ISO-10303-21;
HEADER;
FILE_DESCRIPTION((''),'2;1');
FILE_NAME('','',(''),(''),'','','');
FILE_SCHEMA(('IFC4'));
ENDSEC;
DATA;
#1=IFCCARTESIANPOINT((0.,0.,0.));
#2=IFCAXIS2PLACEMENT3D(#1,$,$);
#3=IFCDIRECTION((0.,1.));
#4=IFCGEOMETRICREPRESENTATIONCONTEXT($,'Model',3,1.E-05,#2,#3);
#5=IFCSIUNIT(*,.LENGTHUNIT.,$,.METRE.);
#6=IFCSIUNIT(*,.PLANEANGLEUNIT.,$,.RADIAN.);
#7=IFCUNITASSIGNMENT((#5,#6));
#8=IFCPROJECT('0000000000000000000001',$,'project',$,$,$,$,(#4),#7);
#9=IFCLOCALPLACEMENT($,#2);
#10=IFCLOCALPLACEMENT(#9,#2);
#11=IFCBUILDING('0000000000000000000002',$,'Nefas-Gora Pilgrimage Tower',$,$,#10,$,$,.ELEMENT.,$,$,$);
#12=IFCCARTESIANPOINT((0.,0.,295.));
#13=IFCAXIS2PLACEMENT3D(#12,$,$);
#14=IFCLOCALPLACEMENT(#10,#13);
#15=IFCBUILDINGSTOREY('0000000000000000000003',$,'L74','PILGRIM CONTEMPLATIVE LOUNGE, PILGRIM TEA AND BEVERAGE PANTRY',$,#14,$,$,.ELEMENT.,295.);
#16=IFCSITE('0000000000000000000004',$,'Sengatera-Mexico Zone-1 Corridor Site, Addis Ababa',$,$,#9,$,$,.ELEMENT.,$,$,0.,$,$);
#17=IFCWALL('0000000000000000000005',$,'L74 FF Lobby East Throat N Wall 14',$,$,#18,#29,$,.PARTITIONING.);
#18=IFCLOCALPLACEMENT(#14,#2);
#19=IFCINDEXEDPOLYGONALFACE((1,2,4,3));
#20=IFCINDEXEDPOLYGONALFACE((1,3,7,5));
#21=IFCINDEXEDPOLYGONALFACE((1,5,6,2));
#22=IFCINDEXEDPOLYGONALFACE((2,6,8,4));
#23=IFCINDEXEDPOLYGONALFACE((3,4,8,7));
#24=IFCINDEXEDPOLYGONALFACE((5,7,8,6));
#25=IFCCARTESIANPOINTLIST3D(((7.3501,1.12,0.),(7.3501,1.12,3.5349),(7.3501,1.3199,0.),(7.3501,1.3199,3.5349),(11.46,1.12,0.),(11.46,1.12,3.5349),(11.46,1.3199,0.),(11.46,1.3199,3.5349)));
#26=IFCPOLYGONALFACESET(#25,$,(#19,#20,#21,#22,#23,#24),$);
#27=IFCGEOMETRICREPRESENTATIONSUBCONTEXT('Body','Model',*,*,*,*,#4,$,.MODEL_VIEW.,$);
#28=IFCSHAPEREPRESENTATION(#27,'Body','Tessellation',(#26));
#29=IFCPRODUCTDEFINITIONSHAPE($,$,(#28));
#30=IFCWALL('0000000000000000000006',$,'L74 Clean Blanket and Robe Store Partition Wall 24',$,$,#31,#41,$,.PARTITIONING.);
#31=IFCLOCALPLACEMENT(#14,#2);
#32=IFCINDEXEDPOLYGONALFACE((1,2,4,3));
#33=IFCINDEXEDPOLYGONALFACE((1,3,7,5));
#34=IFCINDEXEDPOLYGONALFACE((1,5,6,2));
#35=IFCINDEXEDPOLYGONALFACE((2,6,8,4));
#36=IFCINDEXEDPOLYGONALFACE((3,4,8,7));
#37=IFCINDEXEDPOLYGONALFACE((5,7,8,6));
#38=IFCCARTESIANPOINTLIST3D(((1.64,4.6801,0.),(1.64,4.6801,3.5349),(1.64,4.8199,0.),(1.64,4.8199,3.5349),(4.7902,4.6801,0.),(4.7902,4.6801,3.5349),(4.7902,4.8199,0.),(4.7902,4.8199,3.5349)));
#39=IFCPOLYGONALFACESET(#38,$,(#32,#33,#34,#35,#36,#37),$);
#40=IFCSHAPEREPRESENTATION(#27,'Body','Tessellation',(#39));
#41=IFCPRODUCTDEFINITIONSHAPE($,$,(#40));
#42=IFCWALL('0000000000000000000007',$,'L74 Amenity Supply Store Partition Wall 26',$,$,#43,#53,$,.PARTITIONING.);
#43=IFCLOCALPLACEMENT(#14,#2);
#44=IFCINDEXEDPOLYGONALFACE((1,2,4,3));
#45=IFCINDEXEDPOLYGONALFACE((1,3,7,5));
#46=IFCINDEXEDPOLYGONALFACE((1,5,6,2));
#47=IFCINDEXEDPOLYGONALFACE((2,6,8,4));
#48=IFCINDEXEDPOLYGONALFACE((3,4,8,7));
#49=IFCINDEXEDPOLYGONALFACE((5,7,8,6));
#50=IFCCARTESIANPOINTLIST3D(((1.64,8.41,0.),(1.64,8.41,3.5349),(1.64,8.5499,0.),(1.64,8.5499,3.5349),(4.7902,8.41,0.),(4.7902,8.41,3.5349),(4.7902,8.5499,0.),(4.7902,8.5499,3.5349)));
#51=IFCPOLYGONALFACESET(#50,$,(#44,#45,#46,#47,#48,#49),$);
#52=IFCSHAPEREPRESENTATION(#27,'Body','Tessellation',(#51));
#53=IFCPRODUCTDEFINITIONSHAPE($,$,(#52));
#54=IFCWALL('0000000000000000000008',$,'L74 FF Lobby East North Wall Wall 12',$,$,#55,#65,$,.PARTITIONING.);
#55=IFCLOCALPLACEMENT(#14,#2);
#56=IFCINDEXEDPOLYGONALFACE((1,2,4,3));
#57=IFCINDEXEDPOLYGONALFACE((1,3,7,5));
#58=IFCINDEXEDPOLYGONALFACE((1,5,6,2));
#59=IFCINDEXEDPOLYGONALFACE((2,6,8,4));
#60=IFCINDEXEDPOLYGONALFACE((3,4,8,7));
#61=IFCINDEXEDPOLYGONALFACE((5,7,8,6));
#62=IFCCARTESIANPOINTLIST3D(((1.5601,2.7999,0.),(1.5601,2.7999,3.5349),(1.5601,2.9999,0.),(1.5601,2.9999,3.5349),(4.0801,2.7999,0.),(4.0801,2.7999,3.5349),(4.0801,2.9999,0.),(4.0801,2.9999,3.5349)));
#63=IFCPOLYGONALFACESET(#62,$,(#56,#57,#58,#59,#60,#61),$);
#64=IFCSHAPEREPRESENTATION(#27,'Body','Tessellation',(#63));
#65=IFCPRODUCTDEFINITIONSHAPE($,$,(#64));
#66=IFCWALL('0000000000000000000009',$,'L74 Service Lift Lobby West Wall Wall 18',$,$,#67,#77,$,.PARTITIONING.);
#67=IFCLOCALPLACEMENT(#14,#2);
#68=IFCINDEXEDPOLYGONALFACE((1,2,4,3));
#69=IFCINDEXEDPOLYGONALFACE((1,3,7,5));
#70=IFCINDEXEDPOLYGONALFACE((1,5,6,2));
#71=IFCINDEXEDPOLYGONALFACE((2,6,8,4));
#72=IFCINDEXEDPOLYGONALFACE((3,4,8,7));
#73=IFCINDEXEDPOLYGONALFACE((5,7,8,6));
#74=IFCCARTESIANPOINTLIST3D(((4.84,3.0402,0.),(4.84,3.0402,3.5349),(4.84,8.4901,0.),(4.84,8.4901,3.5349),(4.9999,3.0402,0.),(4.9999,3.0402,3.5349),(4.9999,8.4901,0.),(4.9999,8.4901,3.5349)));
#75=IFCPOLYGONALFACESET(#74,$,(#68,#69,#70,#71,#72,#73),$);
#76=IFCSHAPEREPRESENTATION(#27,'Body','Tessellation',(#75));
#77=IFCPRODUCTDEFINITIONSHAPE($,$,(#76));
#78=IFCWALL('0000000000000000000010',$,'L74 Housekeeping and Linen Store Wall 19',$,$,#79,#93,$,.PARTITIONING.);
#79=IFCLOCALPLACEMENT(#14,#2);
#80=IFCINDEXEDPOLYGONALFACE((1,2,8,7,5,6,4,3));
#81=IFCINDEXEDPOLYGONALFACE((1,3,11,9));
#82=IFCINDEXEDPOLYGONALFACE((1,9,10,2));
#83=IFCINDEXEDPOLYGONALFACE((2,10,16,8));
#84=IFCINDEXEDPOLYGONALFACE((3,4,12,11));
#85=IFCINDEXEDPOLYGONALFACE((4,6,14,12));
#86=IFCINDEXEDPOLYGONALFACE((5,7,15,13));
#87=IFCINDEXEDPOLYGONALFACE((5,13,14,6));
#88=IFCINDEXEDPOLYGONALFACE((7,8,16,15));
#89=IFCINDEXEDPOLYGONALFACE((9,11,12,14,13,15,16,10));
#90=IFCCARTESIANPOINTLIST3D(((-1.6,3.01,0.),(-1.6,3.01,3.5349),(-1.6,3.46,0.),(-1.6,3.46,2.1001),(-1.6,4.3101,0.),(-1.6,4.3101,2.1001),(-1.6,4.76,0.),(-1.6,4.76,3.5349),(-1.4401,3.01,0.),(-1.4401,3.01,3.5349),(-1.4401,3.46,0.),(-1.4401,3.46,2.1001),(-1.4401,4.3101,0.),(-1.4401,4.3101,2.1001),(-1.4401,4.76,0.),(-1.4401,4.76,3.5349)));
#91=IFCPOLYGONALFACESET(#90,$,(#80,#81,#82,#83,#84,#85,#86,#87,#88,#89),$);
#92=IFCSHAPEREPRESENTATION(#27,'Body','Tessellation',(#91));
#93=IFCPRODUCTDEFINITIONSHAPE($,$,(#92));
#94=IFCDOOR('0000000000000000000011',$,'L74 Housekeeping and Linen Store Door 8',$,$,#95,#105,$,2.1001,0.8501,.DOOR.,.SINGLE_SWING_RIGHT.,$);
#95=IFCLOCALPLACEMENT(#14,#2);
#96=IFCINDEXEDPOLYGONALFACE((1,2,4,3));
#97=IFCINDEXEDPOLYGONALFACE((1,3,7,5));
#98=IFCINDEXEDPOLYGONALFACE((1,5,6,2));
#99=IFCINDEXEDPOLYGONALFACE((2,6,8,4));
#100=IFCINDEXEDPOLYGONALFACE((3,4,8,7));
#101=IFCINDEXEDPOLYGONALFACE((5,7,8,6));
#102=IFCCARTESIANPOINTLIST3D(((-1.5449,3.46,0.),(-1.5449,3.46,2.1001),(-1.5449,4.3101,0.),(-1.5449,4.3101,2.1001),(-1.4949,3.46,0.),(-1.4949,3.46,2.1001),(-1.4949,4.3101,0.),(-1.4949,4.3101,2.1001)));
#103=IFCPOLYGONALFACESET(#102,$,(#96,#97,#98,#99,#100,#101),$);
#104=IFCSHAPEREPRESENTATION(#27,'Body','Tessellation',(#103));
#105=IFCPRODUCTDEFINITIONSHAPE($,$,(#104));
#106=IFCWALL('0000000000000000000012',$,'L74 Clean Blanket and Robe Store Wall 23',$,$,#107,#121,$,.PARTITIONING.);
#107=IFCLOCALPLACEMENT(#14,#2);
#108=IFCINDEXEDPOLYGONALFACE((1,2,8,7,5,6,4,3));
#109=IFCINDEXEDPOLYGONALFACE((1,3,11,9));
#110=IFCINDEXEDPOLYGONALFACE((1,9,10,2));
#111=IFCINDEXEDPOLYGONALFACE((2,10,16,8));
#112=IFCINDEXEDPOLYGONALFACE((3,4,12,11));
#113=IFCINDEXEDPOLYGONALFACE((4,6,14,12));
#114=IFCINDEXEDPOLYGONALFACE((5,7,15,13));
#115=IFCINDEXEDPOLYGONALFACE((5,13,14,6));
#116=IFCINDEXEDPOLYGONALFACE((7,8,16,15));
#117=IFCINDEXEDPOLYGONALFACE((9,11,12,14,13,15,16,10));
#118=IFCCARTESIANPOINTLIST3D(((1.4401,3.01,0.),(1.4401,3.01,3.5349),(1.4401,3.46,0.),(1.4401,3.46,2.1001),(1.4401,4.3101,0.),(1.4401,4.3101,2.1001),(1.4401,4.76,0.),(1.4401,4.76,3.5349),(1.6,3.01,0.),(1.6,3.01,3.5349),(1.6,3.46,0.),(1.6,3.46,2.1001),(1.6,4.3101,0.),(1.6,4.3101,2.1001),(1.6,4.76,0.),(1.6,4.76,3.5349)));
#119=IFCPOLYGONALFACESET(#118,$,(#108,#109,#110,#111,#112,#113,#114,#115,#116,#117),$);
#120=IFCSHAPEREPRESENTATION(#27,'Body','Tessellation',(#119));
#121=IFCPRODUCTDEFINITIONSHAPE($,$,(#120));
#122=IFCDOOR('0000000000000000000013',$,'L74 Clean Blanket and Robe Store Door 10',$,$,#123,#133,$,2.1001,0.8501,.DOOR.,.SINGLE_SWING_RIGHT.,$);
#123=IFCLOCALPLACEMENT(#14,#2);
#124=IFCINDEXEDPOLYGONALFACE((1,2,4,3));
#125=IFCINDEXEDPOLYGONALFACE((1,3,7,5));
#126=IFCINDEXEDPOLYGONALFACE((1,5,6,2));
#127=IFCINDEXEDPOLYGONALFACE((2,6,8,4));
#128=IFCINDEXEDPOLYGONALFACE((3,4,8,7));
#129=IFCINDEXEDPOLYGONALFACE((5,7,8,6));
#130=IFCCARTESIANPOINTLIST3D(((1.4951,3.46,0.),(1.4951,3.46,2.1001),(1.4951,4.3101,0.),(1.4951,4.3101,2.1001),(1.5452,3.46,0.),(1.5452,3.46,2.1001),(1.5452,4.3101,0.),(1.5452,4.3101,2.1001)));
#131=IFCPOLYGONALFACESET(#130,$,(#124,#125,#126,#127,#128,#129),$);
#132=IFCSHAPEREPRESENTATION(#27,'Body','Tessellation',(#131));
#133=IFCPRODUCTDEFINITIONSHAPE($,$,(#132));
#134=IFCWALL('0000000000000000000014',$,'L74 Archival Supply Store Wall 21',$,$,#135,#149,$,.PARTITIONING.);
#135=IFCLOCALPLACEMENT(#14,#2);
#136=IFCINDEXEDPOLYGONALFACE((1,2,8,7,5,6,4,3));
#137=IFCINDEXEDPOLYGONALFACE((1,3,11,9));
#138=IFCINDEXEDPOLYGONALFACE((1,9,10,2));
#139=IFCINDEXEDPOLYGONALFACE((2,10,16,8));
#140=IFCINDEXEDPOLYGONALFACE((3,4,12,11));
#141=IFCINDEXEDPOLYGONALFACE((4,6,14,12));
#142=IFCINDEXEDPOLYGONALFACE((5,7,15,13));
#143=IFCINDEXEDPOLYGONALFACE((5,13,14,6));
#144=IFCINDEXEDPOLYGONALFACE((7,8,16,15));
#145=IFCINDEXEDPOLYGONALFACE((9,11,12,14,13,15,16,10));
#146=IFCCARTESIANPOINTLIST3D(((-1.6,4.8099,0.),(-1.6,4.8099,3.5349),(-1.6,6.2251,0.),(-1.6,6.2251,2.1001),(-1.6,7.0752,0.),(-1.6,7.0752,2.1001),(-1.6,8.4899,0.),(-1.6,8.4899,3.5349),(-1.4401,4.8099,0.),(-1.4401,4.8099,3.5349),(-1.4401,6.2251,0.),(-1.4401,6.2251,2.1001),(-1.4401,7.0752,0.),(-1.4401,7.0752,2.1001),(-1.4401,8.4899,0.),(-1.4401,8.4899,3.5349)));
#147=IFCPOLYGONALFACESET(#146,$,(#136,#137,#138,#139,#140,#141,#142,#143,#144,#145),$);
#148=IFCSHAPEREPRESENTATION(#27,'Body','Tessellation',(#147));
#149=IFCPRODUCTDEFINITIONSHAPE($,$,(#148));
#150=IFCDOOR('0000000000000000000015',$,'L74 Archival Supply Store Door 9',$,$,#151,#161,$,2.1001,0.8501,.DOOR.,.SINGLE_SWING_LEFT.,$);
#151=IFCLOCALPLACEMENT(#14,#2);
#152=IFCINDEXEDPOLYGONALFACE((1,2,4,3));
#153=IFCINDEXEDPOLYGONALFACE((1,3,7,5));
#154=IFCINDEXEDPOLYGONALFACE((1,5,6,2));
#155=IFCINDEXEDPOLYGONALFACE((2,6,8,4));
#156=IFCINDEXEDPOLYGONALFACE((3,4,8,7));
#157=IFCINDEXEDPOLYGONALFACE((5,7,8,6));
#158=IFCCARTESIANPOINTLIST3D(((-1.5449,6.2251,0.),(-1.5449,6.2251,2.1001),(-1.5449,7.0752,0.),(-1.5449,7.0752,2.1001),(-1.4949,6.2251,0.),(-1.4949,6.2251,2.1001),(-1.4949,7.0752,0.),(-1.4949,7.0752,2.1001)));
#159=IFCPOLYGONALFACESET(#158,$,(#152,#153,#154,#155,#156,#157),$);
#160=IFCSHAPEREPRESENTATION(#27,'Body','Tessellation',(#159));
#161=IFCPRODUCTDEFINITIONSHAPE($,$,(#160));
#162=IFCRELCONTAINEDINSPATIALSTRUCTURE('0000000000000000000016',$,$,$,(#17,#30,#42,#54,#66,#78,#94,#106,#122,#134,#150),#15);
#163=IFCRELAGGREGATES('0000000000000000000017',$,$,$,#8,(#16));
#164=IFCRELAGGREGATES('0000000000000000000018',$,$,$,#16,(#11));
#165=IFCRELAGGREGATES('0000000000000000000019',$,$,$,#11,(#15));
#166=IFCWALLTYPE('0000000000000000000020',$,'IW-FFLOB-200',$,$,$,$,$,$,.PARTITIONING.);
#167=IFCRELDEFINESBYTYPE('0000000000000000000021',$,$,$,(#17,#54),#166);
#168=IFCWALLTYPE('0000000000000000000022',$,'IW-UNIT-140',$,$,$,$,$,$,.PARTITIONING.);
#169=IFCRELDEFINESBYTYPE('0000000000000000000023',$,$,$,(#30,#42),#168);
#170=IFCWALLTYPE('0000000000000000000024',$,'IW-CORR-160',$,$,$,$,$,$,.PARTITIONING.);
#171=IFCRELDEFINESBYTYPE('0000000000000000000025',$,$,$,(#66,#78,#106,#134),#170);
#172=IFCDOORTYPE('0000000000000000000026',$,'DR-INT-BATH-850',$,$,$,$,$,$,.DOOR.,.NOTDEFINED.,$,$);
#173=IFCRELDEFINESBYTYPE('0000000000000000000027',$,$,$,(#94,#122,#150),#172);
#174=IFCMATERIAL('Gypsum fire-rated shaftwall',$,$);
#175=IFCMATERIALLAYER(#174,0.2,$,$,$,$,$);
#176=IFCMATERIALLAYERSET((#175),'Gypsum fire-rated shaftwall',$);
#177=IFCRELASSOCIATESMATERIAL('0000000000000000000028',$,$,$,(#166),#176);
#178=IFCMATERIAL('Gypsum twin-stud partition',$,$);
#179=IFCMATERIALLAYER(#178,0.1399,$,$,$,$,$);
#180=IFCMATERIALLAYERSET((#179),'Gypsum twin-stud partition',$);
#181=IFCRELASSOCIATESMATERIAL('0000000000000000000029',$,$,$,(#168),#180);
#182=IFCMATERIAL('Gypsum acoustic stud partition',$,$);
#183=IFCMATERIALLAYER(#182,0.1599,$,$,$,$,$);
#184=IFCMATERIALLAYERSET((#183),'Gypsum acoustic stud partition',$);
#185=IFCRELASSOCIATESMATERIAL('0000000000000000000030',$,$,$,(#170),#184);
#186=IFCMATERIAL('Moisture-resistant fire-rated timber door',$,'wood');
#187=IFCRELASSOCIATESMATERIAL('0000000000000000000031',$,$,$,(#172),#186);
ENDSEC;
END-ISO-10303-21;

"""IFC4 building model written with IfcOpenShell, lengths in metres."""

from ifc_helpers import new_model, si_unit, direction, frame, frame_2d, origin, place, context, subcontext, project, spatial, rectangle, extrude, source, transform, mapped, material, layer, layer_set, type_object, element, fill, save


model = new_model("IFC4")

# Units and contexts
model_context = context("Model", 3, precision=1e-05, world=origin(), true_north=direction((0.0, 1.0)))
body_context = subcontext(model_context, "Body", "Model", "MODEL_VIEW")
ifc_project = project(units=[si_unit("LENGTHUNIT", "METRE"), si_unit("PLANEANGLEUNIT", "RADIAN")], contexts=[model_context])

# Site, building, storey
site_placement = place(None, origin())
site = spatial("IfcSite", under=ifc_project, at=site_placement, Name="Sengatera-Mexico Zone-1 Corridor Site, Addis Ababa", CompositionType="ELEMENT", RefElevation=0.0)
building_placement = place(site_placement, origin())
building = spatial("IfcBuilding", under=site, at=building_placement, Name="Nefas-Gora Pilgrimage Tower", CompositionType="ELEMENT")
storey_placement = place(building_placement, frame((0.0, 0.0, 295.0)))
storey = spatial("IfcBuildingStorey", under=building, at=storey_placement, Name="L74", Description="PILGRIM CONTEMPLATIVE LOUNGE, PILGRIM TEA AND BEVERAGE PANTRY", CompositionType="ELEMENT", Elevation=295.0)

# Shared definitions
ifc_material_1 = material(Name="Gypsum fire-rated shaftwall")
ifc_layer_1 = layer(ifc_material_1, 0.2)
ifc_layer_set_1 = layer_set([ifc_layer_1], Name="Gypsum fire-rated shaftwall")
wall_type_1 = type_object("IfcWallType", Name="IW-FFLOB-200", PredefinedType="PARTITIONING", material=ifc_layer_set_1)

# Walls
shared_shape_1 = source(origin(), body_context, "Body", "SweptSolid", [
    extrude(rectangle(XDim=4.1099, YDim=0.2, at=frame_2d((2.0549, 0.0))), origin(), (0.0, 0.0, 1.0), 3.5349),
])
wall_1_placement = place(storey_placement, frame((7.3501, 1.22, 0.0), z_axis=(0.0, 0.0, 1.0), x_axis=(1.0, 0.0, 0.0)))
element("IfcWall", 1, at=wall_1_placement, inside=storey, type_object=wall_type_1, Name="L74 FF Lobby East Throat N Wall 14", PredefinedType="PARTITIONING", context=body_context, shape_type="MappedRepresentation", body=[
    mapped(shared_shape_1, transform((0.0, 0.0, 0.0), x_axis=(1.0, 0.0, 0.0), y_axis=(0.0, 1.0, 0.0), z_axis=(0.0, 0.0, 1.0), scale=1.0)),
])
ifc_material_2 = material(Name="Gypsum twin-stud partition")
ifc_layer_2 = layer(ifc_material_2, 0.1399)
ifc_layer_set_2 = layer_set([ifc_layer_2], Name="Gypsum twin-stud partition")
wall_type_2 = type_object("IfcWallType", Name="IW-UNIT-140", PredefinedType="PARTITIONING", material=ifc_layer_set_2)
shared_shape_2 = source(origin(), body_context, "Body", "SweptSolid", [
    extrude(rectangle(XDim=3.1501, YDim=0.1399, at=frame_2d((1.5752, 0.0))), origin(), (0.0, 0.0, 1.0), 3.5349),
])
for number, where, z_axis, x_axis, name in (
    (2, (1.6399, 4.75, 0.0), (0.0, 0.0, 1.0), (1.0, 0.0, 0.0), "L74 Clean Blanket and Robe Store Partition Wall 24"),
    (3, (1.6399, 8.48, 0.0), (0.0, 0.0, 1.0), (1.0, 0.0, 0.0), "L74 Amenity Supply Store Partition Wall 26"),
):
    element("IfcWall", number, at=place(storey_placement, frame(where, z_axis=z_axis, x_axis=x_axis)), inside=storey, type_object=wall_type_2, Name=name, PredefinedType="PARTITIONING", context=body_context, shape_type="MappedRepresentation", body=[
        mapped(shared_shape_2, transform((0.0, 0.0, 0.0), x_axis=(1.0, 0.0, 0.0), y_axis=(0.0, 1.0, 0.0), z_axis=(0.0, 0.0, 1.0), scale=1.0)),
    ])
shared_shape_3 = source(origin(), body_context, "Body", "SweptSolid", [
    extrude(rectangle(XDim=2.52, YDim=0.2, at=frame_2d((1.26, 0.0))), origin(), (0.0, 0.0, 1.0), 3.5349),
])
wall_2_placement = place(storey_placement, frame((1.5601, 2.8999, 0.0), z_axis=(0.0, 0.0, 1.0), x_axis=(1.0, 0.0, 0.0)))
element("IfcWall", 4, at=wall_2_placement, inside=storey, type_object=wall_type_1, Name="L74 FF Lobby East North Wall Wall 12", PredefinedType="PARTITIONING", context=body_context, shape_type="MappedRepresentation", body=[
    mapped(shared_shape_3, transform((0.0, 0.0, 0.0), x_axis=(1.0, 0.0, 0.0), y_axis=(0.0, 1.0, 0.0), z_axis=(0.0, 0.0, 1.0), scale=1.0)),
])
ifc_material_3 = material(Name="Gypsum acoustic stud partition")
ifc_layer_3 = layer(ifc_material_3, 0.1599)
ifc_layer_set_3 = layer_set([ifc_layer_3], Name="Gypsum acoustic stud partition")
wall_type_3 = type_object("IfcWallType", Name="IW-CORR-160", PredefinedType="PARTITIONING", material=ifc_layer_set_3)
shared_shape_4 = source(origin(), body_context, "Body", "SweptSolid", [
    extrude(rectangle(XDim=5.45, YDim=0.1599, at=frame_2d((2.7251, 0.0))), origin(), (0.0, 0.0, 1.0), 3.5349),
])
wall_3_placement = place(storey_placement, frame((4.9199, 3.04, 0.0), z_axis=(0.0, 0.0, 1.0), x_axis=(0.0, 1.0, 0.0)))
element("IfcWall", 5, at=wall_3_placement, inside=storey, type_object=wall_type_3, Name="L74 Service Lift Lobby West Wall Wall 18", PredefinedType="PARTITIONING", context=body_context, shape_type="MappedRepresentation", body=[
    mapped(shared_shape_4, transform((0.0, 0.0, 0.0), x_axis=(1.0, 0.0, 0.0), y_axis=(0.0, 1.0, 0.0), z_axis=(0.0, 0.0, 1.0), scale=1.0)),
])

# Walls, openings, doors
shared_shape_5 = source(origin(), body_context, "Body", "SweptSolid", [
    extrude(rectangle(XDim=1.75, YDim=0.1599, at=frame_2d((0.875, 0.0))), origin(), (0.0, 0.0, 1.0), 3.5349),
])
wall_4_placement = place(storey_placement, frame((-1.52, 3.01, 0.0), z_axis=(0.0, 0.0, 1.0), x_axis=(0.0, 1.0, 0.0)))
wall_4 = element("IfcWall", 6, at=wall_4_placement, inside=storey, type_object=wall_type_3, Name="L74 Housekeeping and Linen Store Wall 19", PredefinedType="PARTITIONING", context=body_context, shape_type="MappedRepresentation", body=[
    mapped(shared_shape_5, transform((0.0, 0.0, 0.0), x_axis=(1.0, 0.0, 0.0), y_axis=(0.0, 1.0, 0.0), z_axis=(0.0, 0.0, 1.0), scale=1.0)),
])
opening_1_placement = place(wall_4_placement, frame((0.45, 0.0, 0.0)))
opening_1 = element("IfcOpeningElement", 7, at=opening_1_placement, cuts=wall_4, PredefinedType="OPENING", context=body_context, shape_type="SweptSolid", body=[
    extrude(rectangle(XDim=0.8501, YDim=2.1001, at=frame_2d((0.425, 1.05))), frame((0.0, 0.0898, 0.0), z_axis=(0.0, -1.0, 0.0), x_axis=(1.0, 0.0, 0.0)), (0.0, 0.0, 1.0), 0.1799),
])
ifc_material_4 = material(Name="Moisture-resistant fire-rated timber door", Category="wood")
door_type_1 = type_object("IfcDoorType", Name="DR-INT-BATH-850", OperationType="NOTDEFINED", PredefinedType="DOOR", material=ifc_material_4)
shared_shape_6 = source(origin(), body_context, "Body", "SweptSolid", [
    extrude(rectangle(XDim=0.8501, YDim=2.1001, at=frame_2d((0.425, 1.05))), frame((0.0, 0.0249, 0.0), z_axis=(0.0, -1.0, 0.0), x_axis=(1.0, 0.0, 0.0)), (0.0, 0.0, 1.0), 0.05),
])
door_1_placement = place(opening_1_placement, origin())
door_1 = element("IfcDoor", 8, at=door_1_placement, inside=storey, type_object=door_type_1, Name="L74 Housekeeping and Linen Store Door 8", OperationType="SINGLE_SWING_RIGHT", OverallHeight=2.1001, OverallWidth=0.8501, PredefinedType="DOOR", context=body_context, shape_type="MappedRepresentation", body=[
    mapped(shared_shape_6, transform((0.0, 0.0, 0.0), x_axis=(1.0, 0.0, 0.0), y_axis=(0.0, 1.0, 0.0), z_axis=(0.0, 0.0, 1.0), scale=1.0)),
])
fill(opening_1, door_1)
wall_5_placement = place(storey_placement, frame((1.52, 3.01, 0.0), z_axis=(0.0, 0.0, 1.0), x_axis=(0.0, 1.0, 0.0)))
wall_5 = element("IfcWall", 9, at=wall_5_placement, inside=storey, type_object=wall_type_3, Name="L74 Clean Blanket and Robe Store Wall 23", PredefinedType="PARTITIONING", context=body_context, shape_type="MappedRepresentation", body=[
    mapped(shared_shape_5, transform((0.0, 0.0, 0.0), x_axis=(1.0, 0.0, 0.0), y_axis=(0.0, 1.0, 0.0), z_axis=(0.0, 0.0, 1.0), scale=1.0)),
])
opening_2_placement = place(wall_5_placement, frame((0.45, 0.0, 0.0)))
opening_2 = element("IfcOpeningElement", 10, at=opening_2_placement, cuts=wall_5, PredefinedType="OPENING", context=body_context, shape_type="SweptSolid", body=[
    extrude(rectangle(XDim=0.8501, YDim=2.1001, at=frame_2d((0.425, 1.05))), frame((0.0, 0.0898, 0.0), z_axis=(0.0, -1.0, 0.0), x_axis=(1.0, 0.0, 0.0)), (0.0, 0.0, 1.0), 0.1799),
])
door_2_placement = place(opening_2_placement, origin())
door_2 = element("IfcDoor", 11, at=door_2_placement, inside=storey, type_object=door_type_1, Name="L74 Clean Blanket and Robe Store Door 10", OperationType="SINGLE_SWING_RIGHT", OverallHeight=2.1001, OverallWidth=0.8501, PredefinedType="DOOR", context=body_context, shape_type="MappedRepresentation", body=[
    mapped(shared_shape_6, transform((0.0, 0.0, 0.0), x_axis=(1.0, 0.0, 0.0), y_axis=(0.0, 1.0, 0.0), z_axis=(0.0, 0.0, 1.0), scale=1.0)),
])
fill(opening_2, door_2)
shared_shape_7 = source(origin(), body_context, "Body", "SweptSolid", [
    extrude(rectangle(XDim=3.6799, YDim=0.1599, at=frame_2d((1.8398, 0.0))), origin(), (0.0, 0.0, 1.0), 3.5349),
])
wall_6_placement = place(storey_placement, frame((-1.52, 4.8101, 0.0), z_axis=(0.0, 0.0, 1.0), x_axis=(0.0, 1.0, 0.0)))
wall_6 = element("IfcWall", 12, at=wall_6_placement, inside=storey, type_object=wall_type_3, Name="L74 Archival Supply Store Wall 21", PredefinedType="PARTITIONING", context=body_context, shape_type="MappedRepresentation", body=[
    mapped(shared_shape_7, transform((0.0, 0.0, 0.0), x_axis=(1.0, 0.0, 0.0), y_axis=(0.0, 1.0, 0.0), z_axis=(0.0, 0.0, 1.0), scale=1.0)),
])
opening_3_placement = place(wall_6_placement, frame((1.415, 0.0, 0.0)))
opening_3 = element("IfcOpeningElement", 13, at=opening_3_placement, cuts=wall_6, PredefinedType="OPENING", context=body_context, shape_type="SweptSolid", body=[
    extrude(rectangle(XDim=0.8501, YDim=2.1001, at=frame_2d((0.425, 1.05))), frame((0.0, 0.0898, 0.0), z_axis=(0.0, -1.0, 0.0), x_axis=(1.0, 0.0, 0.0)), (0.0, 0.0, 1.0), 0.1799),
])
door_3_placement = place(opening_3_placement, origin())
door_3 = element("IfcDoor", 14, at=door_3_placement, inside=storey, type_object=door_type_1, Name="L74 Archival Supply Store Door 9", OperationType="SINGLE_SWING_LEFT", OverallHeight=2.1001, OverallWidth=0.8501, PredefinedType="DOOR", context=body_context, shape_type="MappedRepresentation", body=[
    mapped(shared_shape_6, transform((0.0, 0.0, 0.0), x_axis=(1.0, 0.0, 0.0), y_axis=(0.0, 1.0, 0.0), z_axis=(0.0, 0.0, 1.0), scale=1.0)),
])
fill(opening_3, door_3)

save(model, "model.ifc")
